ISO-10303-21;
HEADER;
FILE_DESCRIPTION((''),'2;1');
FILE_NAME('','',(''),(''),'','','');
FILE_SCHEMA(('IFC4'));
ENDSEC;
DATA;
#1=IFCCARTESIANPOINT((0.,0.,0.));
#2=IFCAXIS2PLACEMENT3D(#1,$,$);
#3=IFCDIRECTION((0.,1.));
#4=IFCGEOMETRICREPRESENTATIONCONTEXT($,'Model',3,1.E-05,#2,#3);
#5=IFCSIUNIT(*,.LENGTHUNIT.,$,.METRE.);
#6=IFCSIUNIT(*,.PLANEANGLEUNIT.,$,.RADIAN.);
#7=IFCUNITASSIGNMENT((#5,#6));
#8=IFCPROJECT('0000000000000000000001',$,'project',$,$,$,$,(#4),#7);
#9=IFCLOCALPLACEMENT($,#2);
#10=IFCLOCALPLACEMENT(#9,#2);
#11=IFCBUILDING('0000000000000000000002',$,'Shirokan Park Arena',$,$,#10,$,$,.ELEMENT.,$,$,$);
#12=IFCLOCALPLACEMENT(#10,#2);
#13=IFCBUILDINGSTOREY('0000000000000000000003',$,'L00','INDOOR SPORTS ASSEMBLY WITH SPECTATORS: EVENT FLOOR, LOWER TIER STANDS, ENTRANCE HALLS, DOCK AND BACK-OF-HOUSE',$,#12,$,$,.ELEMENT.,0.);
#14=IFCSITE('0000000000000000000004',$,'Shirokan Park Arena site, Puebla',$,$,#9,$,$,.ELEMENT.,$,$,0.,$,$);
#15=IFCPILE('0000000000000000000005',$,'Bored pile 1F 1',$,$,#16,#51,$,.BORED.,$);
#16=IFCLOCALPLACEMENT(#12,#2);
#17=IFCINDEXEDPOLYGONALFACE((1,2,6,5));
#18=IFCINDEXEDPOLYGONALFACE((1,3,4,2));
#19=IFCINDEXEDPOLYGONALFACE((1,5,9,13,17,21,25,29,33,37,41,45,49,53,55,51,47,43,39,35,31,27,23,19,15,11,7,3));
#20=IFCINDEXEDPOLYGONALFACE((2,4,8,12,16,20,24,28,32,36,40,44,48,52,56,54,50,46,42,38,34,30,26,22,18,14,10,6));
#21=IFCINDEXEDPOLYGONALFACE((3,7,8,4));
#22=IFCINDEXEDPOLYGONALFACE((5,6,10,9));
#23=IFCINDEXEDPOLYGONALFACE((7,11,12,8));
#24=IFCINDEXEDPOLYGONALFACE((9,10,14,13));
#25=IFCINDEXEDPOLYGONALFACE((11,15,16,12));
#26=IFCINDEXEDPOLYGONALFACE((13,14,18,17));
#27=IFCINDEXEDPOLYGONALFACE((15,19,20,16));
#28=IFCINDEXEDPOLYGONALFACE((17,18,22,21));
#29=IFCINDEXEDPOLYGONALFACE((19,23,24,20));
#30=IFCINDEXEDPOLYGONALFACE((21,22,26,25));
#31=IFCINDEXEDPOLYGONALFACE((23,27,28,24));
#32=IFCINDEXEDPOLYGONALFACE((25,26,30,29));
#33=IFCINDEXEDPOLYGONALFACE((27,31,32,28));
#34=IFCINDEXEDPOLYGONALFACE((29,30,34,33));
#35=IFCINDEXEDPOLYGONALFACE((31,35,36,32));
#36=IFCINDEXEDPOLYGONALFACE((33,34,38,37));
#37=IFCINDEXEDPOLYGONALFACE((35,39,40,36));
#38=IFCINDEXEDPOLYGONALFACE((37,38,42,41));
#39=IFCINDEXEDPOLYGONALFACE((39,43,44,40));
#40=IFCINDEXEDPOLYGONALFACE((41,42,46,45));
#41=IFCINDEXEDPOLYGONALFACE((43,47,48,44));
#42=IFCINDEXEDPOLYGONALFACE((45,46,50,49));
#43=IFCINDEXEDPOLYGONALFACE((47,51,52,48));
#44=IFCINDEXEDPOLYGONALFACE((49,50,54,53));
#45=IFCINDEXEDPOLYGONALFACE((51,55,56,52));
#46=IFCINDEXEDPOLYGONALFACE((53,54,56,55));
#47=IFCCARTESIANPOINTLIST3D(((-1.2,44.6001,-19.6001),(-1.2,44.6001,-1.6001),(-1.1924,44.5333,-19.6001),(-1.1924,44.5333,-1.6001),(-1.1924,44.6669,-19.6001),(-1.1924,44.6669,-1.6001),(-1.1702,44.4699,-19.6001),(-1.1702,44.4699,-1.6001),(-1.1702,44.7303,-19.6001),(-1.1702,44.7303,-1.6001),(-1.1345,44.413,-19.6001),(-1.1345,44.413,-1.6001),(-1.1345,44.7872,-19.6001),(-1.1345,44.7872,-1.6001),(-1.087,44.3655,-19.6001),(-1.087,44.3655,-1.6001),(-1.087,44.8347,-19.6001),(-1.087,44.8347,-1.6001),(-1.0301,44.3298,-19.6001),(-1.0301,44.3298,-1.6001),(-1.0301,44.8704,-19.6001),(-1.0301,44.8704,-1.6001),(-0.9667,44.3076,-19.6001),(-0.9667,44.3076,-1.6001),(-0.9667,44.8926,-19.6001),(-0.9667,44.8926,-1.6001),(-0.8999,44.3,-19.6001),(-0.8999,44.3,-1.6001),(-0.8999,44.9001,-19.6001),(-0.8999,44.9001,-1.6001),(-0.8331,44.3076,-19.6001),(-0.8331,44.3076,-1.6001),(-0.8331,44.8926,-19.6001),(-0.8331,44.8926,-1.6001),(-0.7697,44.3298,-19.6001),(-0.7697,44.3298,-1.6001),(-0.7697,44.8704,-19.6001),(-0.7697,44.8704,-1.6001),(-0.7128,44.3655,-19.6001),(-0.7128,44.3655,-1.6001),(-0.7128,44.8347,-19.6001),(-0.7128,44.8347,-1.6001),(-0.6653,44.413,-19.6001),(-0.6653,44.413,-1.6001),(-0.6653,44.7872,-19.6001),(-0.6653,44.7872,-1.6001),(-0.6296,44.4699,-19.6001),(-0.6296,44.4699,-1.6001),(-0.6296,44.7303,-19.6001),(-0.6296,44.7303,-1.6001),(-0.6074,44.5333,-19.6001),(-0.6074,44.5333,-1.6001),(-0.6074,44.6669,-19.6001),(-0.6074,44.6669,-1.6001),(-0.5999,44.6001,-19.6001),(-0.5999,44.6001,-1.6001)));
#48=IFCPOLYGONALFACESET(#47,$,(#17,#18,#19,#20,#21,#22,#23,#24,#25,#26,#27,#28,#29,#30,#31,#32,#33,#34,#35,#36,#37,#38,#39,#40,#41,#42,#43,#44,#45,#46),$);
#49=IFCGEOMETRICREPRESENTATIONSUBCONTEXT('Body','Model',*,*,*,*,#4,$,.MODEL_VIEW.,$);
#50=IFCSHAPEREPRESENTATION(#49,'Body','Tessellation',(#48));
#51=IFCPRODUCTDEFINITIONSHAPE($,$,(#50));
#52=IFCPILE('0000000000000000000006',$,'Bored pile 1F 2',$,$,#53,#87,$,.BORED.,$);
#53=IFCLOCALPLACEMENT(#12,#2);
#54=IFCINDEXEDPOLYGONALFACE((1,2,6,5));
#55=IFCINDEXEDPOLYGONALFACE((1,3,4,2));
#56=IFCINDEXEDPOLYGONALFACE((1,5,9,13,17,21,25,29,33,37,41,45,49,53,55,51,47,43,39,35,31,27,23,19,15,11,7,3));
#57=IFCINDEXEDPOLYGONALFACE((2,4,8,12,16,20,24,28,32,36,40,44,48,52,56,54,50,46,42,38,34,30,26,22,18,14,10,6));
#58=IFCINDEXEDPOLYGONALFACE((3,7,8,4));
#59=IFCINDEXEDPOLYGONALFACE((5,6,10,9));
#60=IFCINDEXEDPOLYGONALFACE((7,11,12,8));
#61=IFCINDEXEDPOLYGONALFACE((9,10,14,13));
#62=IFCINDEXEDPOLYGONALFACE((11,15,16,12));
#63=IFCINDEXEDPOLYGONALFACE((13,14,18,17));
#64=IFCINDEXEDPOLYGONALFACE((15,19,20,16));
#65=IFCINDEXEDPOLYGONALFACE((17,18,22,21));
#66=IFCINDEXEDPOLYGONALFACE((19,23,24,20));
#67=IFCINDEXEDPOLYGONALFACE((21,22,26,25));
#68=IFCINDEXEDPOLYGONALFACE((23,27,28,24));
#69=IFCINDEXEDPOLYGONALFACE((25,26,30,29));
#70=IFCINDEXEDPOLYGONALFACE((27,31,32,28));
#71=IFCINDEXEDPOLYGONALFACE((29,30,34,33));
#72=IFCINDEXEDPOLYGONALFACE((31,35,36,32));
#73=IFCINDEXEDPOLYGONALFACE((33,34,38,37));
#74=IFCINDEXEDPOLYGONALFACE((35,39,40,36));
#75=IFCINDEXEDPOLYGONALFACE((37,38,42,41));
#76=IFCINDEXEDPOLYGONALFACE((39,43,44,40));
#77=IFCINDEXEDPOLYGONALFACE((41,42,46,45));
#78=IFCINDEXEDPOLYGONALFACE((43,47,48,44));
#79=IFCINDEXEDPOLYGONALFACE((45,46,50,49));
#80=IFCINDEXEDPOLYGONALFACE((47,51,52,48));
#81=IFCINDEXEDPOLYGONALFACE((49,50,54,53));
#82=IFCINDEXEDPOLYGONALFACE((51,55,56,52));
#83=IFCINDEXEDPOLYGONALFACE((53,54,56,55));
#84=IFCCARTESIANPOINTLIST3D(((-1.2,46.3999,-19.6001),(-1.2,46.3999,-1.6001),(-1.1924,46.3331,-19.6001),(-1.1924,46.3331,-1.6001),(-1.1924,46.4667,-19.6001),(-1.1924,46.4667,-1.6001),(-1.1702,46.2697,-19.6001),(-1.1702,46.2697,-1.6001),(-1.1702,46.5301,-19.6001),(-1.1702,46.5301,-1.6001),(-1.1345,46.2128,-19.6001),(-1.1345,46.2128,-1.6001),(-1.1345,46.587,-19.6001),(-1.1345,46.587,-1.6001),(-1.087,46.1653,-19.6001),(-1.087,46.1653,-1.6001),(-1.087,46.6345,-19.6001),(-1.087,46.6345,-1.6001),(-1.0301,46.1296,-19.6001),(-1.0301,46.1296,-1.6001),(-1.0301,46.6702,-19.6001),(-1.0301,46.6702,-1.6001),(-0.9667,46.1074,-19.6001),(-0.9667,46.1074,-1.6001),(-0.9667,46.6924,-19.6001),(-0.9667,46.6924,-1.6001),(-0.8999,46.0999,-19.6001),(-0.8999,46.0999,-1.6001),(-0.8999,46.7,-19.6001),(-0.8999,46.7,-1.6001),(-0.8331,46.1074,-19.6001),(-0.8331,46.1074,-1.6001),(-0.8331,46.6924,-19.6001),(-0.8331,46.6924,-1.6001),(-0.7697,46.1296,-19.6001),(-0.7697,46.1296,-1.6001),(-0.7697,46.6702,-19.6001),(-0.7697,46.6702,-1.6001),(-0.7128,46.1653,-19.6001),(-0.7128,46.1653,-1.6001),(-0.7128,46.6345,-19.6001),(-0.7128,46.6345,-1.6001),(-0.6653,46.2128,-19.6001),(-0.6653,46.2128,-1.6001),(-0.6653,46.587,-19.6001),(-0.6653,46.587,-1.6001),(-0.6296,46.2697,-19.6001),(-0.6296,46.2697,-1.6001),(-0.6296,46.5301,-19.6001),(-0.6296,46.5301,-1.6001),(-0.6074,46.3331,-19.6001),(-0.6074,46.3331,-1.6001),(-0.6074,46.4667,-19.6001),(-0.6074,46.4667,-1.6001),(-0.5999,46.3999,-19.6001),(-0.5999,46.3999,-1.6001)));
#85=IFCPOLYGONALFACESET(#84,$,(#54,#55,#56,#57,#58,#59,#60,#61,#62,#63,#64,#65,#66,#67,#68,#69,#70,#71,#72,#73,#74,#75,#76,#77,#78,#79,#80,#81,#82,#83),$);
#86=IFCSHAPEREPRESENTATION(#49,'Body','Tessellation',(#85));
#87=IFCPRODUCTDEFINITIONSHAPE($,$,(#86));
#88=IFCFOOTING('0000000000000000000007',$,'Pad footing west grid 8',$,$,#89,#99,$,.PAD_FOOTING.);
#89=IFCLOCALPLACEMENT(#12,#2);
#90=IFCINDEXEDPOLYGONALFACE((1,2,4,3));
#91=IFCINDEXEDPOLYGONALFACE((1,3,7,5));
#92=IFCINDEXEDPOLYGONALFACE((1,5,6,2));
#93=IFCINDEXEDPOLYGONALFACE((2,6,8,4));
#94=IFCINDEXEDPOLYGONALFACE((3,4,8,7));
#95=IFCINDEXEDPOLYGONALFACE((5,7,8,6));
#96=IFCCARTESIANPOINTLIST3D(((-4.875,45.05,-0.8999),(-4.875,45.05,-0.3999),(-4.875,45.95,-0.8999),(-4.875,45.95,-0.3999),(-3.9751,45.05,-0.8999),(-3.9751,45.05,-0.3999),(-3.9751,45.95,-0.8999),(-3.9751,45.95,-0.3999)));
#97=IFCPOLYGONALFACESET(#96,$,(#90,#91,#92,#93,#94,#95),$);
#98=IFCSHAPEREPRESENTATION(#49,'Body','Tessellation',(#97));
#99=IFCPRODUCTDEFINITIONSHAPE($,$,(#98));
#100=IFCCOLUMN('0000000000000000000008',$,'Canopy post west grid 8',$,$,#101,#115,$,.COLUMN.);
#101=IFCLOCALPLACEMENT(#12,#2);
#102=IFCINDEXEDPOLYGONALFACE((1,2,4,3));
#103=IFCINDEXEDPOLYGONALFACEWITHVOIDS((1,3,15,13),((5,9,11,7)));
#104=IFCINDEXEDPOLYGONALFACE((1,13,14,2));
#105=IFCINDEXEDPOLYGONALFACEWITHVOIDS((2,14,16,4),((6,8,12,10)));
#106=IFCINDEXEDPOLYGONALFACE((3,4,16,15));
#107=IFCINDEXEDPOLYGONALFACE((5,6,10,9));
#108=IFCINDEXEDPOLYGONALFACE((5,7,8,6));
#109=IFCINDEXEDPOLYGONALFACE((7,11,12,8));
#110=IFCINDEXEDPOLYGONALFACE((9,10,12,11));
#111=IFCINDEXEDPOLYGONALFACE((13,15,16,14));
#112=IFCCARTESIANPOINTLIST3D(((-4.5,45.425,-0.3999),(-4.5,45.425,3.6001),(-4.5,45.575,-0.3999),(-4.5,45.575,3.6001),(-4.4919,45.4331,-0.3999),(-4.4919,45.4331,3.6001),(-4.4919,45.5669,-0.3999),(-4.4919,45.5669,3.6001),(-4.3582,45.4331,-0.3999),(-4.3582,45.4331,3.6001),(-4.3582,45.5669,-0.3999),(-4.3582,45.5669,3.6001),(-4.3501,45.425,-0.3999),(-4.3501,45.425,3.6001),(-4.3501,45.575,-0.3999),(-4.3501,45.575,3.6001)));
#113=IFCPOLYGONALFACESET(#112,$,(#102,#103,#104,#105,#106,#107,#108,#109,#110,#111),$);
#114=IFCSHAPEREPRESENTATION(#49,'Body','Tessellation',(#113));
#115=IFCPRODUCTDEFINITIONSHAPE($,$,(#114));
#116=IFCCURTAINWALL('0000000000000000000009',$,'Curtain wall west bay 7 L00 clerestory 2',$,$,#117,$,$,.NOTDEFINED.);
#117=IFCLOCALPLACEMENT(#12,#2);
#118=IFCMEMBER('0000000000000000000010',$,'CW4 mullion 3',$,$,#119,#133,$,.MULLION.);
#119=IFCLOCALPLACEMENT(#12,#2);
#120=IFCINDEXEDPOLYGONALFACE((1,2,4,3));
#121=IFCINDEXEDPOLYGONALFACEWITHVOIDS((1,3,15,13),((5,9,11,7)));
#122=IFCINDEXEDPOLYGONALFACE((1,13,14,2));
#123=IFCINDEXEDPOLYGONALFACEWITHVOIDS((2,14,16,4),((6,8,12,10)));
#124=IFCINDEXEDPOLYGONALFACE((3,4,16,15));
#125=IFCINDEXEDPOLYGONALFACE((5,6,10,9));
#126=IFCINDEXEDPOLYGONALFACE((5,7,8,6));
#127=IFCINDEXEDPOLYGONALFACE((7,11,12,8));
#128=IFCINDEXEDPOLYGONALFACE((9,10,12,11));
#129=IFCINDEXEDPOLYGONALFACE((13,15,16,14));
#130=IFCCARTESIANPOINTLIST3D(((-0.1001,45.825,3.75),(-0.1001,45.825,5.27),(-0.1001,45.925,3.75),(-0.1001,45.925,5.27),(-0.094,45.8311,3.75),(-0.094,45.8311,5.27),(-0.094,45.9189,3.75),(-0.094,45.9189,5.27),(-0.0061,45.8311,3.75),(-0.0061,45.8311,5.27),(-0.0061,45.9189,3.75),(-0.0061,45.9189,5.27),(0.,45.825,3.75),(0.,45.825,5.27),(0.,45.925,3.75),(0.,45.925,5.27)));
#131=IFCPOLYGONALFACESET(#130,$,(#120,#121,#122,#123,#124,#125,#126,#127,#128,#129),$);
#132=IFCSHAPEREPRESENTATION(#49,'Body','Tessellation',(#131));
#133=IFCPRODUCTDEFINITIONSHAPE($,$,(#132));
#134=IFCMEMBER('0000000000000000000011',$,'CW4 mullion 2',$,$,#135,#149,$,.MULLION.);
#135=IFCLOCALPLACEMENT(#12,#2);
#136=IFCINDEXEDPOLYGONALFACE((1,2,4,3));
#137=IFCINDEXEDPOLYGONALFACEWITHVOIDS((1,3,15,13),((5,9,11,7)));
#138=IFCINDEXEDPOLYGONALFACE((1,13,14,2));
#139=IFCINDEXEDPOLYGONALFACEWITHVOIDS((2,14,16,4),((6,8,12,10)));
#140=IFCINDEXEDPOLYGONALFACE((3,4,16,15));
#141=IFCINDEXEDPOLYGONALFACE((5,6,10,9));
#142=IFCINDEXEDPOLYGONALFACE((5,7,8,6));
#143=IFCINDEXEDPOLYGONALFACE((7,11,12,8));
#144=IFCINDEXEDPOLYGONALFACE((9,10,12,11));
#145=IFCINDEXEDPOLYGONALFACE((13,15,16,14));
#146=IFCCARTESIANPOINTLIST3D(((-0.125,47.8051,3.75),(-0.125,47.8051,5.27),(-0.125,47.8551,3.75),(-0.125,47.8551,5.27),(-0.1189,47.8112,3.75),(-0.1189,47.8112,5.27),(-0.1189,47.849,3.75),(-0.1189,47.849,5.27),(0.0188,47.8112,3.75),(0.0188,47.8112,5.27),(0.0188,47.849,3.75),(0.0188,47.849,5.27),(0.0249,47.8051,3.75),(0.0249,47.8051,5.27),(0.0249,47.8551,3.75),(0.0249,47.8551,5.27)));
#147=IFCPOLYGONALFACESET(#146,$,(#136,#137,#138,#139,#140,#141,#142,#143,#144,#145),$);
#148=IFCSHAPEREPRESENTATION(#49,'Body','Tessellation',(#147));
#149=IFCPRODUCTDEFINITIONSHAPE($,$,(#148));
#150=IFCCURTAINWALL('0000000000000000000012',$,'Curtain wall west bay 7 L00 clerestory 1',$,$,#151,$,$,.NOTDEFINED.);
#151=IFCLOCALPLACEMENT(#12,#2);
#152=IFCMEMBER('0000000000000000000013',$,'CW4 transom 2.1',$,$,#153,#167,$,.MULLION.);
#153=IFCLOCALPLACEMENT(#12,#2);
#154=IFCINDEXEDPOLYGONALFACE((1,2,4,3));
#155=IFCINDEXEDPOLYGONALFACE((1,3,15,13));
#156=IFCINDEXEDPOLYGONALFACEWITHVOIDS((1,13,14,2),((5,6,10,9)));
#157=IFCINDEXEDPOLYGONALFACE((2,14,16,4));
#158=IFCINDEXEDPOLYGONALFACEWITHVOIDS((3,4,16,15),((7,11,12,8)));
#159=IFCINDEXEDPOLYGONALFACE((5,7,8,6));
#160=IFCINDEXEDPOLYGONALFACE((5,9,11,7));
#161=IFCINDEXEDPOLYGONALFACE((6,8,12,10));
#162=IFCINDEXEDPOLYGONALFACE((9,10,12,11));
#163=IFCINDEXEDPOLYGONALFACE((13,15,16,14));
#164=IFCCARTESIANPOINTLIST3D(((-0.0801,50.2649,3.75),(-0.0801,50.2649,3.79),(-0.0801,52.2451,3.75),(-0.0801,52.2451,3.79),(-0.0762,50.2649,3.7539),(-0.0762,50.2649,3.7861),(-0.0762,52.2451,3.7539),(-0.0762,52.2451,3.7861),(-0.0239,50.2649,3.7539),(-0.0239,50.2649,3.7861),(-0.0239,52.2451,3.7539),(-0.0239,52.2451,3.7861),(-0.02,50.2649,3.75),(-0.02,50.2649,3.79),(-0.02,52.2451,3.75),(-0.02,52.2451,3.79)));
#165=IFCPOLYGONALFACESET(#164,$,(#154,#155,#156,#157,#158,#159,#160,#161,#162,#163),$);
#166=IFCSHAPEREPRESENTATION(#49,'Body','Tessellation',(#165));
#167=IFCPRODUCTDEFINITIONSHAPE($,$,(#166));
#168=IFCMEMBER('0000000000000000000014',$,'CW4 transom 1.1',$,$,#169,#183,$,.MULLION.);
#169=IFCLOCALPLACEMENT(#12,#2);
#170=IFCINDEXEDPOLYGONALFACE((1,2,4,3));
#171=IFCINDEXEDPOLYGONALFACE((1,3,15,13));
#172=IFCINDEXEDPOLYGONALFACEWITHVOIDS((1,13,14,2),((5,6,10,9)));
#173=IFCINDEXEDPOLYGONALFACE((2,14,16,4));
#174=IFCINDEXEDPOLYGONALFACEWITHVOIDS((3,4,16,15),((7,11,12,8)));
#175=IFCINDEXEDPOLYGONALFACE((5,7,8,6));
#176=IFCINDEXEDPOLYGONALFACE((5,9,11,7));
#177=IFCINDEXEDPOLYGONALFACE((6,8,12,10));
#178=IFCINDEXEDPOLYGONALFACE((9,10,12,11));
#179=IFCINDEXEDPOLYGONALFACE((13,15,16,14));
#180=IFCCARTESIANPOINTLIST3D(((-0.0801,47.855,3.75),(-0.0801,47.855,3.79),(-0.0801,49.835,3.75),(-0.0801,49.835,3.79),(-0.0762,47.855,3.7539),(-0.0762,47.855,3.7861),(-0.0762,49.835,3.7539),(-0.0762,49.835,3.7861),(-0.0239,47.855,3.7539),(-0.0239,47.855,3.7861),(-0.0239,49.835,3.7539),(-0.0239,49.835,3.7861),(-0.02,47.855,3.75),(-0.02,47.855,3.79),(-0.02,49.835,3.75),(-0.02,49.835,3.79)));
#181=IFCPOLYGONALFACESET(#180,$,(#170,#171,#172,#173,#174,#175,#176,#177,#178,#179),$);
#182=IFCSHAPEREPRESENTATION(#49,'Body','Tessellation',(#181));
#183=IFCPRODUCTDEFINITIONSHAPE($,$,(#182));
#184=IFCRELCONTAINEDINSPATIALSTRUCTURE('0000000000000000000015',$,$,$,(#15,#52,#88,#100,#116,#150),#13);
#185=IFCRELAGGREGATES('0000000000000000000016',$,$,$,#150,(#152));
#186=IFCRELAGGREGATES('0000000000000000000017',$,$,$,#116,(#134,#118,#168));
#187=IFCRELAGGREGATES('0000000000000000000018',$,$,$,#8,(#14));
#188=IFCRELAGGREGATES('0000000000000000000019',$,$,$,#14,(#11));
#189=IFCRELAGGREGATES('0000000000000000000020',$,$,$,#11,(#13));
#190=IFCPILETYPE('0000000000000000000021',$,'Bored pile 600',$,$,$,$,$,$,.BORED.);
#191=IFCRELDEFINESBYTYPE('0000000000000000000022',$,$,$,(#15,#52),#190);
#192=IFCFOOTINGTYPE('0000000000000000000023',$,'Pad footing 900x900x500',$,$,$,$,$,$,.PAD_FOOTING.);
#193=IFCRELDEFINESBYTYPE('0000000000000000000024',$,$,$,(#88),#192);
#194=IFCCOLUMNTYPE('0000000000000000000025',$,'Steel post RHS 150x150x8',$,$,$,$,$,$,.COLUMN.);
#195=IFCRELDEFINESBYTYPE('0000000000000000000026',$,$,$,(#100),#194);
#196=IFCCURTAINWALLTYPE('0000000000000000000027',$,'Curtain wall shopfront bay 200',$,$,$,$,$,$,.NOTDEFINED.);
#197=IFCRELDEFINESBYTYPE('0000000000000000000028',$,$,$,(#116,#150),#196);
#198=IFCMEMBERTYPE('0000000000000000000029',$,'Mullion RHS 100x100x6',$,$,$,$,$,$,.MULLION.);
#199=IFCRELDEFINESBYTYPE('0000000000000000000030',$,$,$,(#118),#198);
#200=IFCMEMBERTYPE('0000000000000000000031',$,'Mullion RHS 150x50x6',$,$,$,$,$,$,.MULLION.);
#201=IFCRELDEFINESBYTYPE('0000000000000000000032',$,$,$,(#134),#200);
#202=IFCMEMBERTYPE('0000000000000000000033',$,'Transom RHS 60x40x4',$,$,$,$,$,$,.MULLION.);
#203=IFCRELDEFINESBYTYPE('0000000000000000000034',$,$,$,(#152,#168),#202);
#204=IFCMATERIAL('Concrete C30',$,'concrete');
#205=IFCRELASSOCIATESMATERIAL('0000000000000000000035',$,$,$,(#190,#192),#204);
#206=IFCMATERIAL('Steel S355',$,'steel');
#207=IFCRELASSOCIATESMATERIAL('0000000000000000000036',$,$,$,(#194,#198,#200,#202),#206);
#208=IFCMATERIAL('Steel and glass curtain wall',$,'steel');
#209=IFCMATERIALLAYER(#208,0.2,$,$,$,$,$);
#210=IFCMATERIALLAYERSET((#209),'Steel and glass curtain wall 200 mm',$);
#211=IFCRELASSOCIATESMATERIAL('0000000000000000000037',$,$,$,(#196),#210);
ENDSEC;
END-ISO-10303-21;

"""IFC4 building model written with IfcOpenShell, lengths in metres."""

from ifc_helpers import new_model, si_unit, direction, frame, origin, origin_2d, place, context, subcontext, project, spatial, rectangle, hollow_rectangle, circle, extrude, material, layer, layer_set, material_profile, profile_set, type_object, element, aggregate, save


model = new_model("IFC4")

# Units and contexts
model_context = context("Model", 3, precision=1e-05, world=origin(), true_north=direction((0.0, 1.0)))
body_context = subcontext(model_context, "Body", "Model", "MODEL_VIEW")
ifc_project = project(units=[si_unit("LENGTHUNIT", "METRE"), si_unit("PLANEANGLEUNIT", "RADIAN")], contexts=[model_context])

# Site, building, storey
site_placement = place(None, origin())
site = spatial("IfcSite", under=ifc_project, at=site_placement, Name="Shirokan Park Arena site, Puebla", CompositionType="ELEMENT", RefElevation=0.0)
building_placement = place(site_placement, origin())
building = spatial("IfcBuilding", under=site, at=building_placement, Name="Shirokan Park Arena", CompositionType="ELEMENT")
storey_placement = place(building_placement, origin())
storey = spatial("IfcBuildingStorey", under=building, at=storey_placement, Name="L00", Description="INDOOR SPORTS ASSEMBLY WITH SPECTATORS: EVENT FLOOR, LOWER TIER STANDS, ENTRANCE HALLS, DOCK AND BACK-OF-HOUSE", CompositionType="ELEMENT", Elevation=0.0)

# Piles
ifc_material_1 = material(Name="Concrete C30", Category="concrete")
ifc_material_profile_1 = material_profile(ifc_material_1, circle(Radius=0.3, at=origin_2d()), Name="D600")
ifc_profile_set_1 = profile_set([ifc_material_profile_1], Name="Concrete C30")
pile_type = type_object("IfcPileType", Name="Bored pile 600", PredefinedType="BORED", material=ifc_profile_set_1)
for number, where, z_axis, x_axis, name in (
    (1, (-0.8999, 44.6001, -1.6001), (0.0, 0.0, -1.0), (1.0, 0.0, 0.0), "Bored pile 1F 1"),
    (2, (-0.8999, 46.3999, -1.6001), (0.0, 0.0, -1.0), (1.0, 0.0, 0.0), "Bored pile 1F 2"),
):
    element("IfcPile", number, at=place(storey_placement, frame(where, z_axis=z_axis, x_axis=x_axis)), inside=storey, type_object=pile_type, Name=name, PredefinedType="BORED", context=body_context, shape_type="SweptSolid", body=[
        extrude(circle(Radius=0.3, at=origin_2d()), origin(), (0.0, 0.0, 1.0), 18.0),
    ])

# Footing
footing_type = type_object("IfcFootingType", Name="Pad footing 900x900x500", PredefinedType="PAD_FOOTING", material=ifc_material_1)
footing_placement = place(storey_placement, frame((-4.425, 45.5, -0.8999), z_axis=(0.0, 0.0, 1.0), x_axis=(1.0, 0.0, 0.0)))
element("IfcFooting", 3, at=footing_placement, inside=storey, type_object=footing_type, Name="Pad footing west grid 8", PredefinedType="PAD_FOOTING", context=body_context, shape_type="SweptSolid", body=[
    extrude(rectangle(XDim=0.8999, YDim=0.8999, at=origin_2d()), origin(), (0.0, 0.0, 1.0), 0.5),
])

# Column
ifc_material_2 = material(Name="Steel S355", Category="steel")
ifc_material_profile_2 = material_profile(ifc_material_2, hollow_rectangle(XDim=0.1499, YDim=0.1499, WallThickness=0.0081, at=origin_2d()), Name="RHS 150x150x8")
ifc_profile_set_2 = profile_set([ifc_material_profile_2], Name="Steel S355")
column_type = type_object("IfcColumnType", Name="Steel post RHS 150x150x8", PredefinedType="COLUMN", material=ifc_profile_set_2)
column_placement = place(storey_placement, frame((-4.425, 45.5, -0.3999), z_axis=(0.0, 0.0, 1.0), x_axis=(1.0, 0.0, 0.0)))
element("IfcColumn", 4, at=column_placement, inside=storey, type_object=column_type, Name="Canopy post west grid 8", PredefinedType="COLUMN", context=body_context, shape_type="SweptSolid", body=[
    extrude(hollow_rectangle(XDim=0.1499, YDim=0.1499, WallThickness=0.0081, at=origin_2d()), origin(), (0.0, 0.0, 1.0), 4.0),
])

# Curtain wall, members
ifc_material_3 = material(Name="Steel and glass curtain wall", Category="steel")
ifc_layer_1 = layer(ifc_material_3, 0.2)
ifc_layer_set_1 = layer_set([ifc_layer_1], Name="Steel and glass curtain wall 200 mm")
curtain_wall_type = type_object("IfcCurtainWallType", Name="Curtain wall shopfront bay 200", PredefinedType="NOTDEFINED", material=ifc_layer_set_1)
curtain_wall_1_placement = place(storey_placement, origin())
curtain_wall_1 = element("IfcCurtainWall", 5, at=curtain_wall_1_placement, inside=storey, type_object=curtain_wall_type, Name="Curtain wall west bay 7 L00 clerestory 2", PredefinedType="NOTDEFINED")
ifc_material_profile_3 = material_profile(ifc_material_2, hollow_rectangle(XDim=0.1001, YDim=0.1001, WallThickness=0.0061, at=origin_2d()), Name="RHS 100x100x6")
ifc_profile_set_3 = profile_set([ifc_material_profile_3], Name="Steel S355")
member_type_1 = type_object("IfcMemberType", Name="Mullion RHS 100x100x6", PredefinedType="MULLION", material=ifc_profile_set_3)
member_1_placement = place(storey_placement, frame((-0.05, 45.875, 3.75), z_axis=(0.0, 0.0, 1.0), x_axis=(1.0, 0.0, 0.0)))
member_1 = element("IfcMember", 6, at=member_1_placement, type_object=member_type_1, Name="CW4 mullion 3", PredefinedType="MULLION", context=body_context, shape_type="SweptSolid", body=[
    extrude(hollow_rectangle(XDim=0.1001, YDim=0.1001, WallThickness=0.0061, at=origin_2d()), origin(), (0.0, 0.0, 1.0), 1.52),
])
ifc_material_profile_4 = material_profile(ifc_material_2, hollow_rectangle(XDim=0.1499, YDim=0.05, WallThickness=0.0061, at=origin_2d()), Name="RHS 150x50x6")
ifc_profile_set_4 = profile_set([ifc_material_profile_4], Name="Steel S355")
member_type_2 = type_object("IfcMemberType", Name="Mullion RHS 150x50x6", PredefinedType="MULLION", material=ifc_profile_set_4)
member_2_placement = place(storey_placement, frame((-0.05, 47.8301, 3.75), z_axis=(0.0, 0.0, 1.0), x_axis=(1.0, 0.0, 0.0)))
member_2 = element("IfcMember", 7, at=member_2_placement, type_object=member_type_2, Name="CW4 mullion 2", PredefinedType="MULLION", context=body_context, shape_type="SweptSolid", body=[
    extrude(hollow_rectangle(XDim=0.1499, YDim=0.05, WallThickness=0.0061, at=origin_2d()), origin(), (0.0, 0.0, 1.0), 1.52),
])

# Curtain wall, member
curtain_wall_2_placement = place(storey_placement, origin())
curtain_wall_2 = element("IfcCurtainWall", 8, at=curtain_wall_2_placement, inside=storey, type_object=curtain_wall_type, Name="Curtain wall west bay 7 L00 clerestory 1", PredefinedType="NOTDEFINED")
ifc_material_profile_5 = material_profile(ifc_material_2, hollow_rectangle(XDim=0.0601, YDim=0.04, WallThickness=0.0039, at=origin_2d()), Name="RHS 60x40x4")
ifc_profile_set_5 = profile_set([ifc_material_profile_5], Name="Steel S355")
member_type_3 = type_object("IfcMemberType", Name="Transom RHS 60x40x4", PredefinedType="MULLION", material=ifc_profile_set_5)
member_3_placement = place(storey_placement, frame((-0.05, 52.2451, 3.77), z_axis=(0.0, -1.0, 0.0), x_axis=(1.0, 0.0, 0.0)))
member_3 = element("IfcMember", 9, at=member_3_placement, type_object=member_type_3, Name="CW4 transom 2.1", PredefinedType="MULLION", context=body_context, shape_type="SweptSolid", body=[
    extrude(hollow_rectangle(XDim=0.0601, YDim=0.04, WallThickness=0.0039, at=origin_2d()), origin(), (0.0, 0.0, 1.0), 1.9802),
])

# Member
member_4_placement = place(storey_placement, frame((-0.05, 49.835, 3.77), z_axis=(0.0, -1.0, 0.0), x_axis=(1.0, 0.0, 0.0)))
member_4 = element("IfcMember", 10, at=member_4_placement, type_object=member_type_3, Name="CW4 transom 1.1", PredefinedType="MULLION", context=body_context, shape_type="SweptSolid", body=[
    extrude(hollow_rectangle(XDim=0.0601, YDim=0.04, WallThickness=0.0039, at=origin_2d()), origin(), (0.0, 0.0, 1.0), 1.98),
])

aggregate(curtain_wall_2, [member_3])
aggregate(curtain_wall_1, [member_2, member_1, member_4])

save(model, "model.ifc")
